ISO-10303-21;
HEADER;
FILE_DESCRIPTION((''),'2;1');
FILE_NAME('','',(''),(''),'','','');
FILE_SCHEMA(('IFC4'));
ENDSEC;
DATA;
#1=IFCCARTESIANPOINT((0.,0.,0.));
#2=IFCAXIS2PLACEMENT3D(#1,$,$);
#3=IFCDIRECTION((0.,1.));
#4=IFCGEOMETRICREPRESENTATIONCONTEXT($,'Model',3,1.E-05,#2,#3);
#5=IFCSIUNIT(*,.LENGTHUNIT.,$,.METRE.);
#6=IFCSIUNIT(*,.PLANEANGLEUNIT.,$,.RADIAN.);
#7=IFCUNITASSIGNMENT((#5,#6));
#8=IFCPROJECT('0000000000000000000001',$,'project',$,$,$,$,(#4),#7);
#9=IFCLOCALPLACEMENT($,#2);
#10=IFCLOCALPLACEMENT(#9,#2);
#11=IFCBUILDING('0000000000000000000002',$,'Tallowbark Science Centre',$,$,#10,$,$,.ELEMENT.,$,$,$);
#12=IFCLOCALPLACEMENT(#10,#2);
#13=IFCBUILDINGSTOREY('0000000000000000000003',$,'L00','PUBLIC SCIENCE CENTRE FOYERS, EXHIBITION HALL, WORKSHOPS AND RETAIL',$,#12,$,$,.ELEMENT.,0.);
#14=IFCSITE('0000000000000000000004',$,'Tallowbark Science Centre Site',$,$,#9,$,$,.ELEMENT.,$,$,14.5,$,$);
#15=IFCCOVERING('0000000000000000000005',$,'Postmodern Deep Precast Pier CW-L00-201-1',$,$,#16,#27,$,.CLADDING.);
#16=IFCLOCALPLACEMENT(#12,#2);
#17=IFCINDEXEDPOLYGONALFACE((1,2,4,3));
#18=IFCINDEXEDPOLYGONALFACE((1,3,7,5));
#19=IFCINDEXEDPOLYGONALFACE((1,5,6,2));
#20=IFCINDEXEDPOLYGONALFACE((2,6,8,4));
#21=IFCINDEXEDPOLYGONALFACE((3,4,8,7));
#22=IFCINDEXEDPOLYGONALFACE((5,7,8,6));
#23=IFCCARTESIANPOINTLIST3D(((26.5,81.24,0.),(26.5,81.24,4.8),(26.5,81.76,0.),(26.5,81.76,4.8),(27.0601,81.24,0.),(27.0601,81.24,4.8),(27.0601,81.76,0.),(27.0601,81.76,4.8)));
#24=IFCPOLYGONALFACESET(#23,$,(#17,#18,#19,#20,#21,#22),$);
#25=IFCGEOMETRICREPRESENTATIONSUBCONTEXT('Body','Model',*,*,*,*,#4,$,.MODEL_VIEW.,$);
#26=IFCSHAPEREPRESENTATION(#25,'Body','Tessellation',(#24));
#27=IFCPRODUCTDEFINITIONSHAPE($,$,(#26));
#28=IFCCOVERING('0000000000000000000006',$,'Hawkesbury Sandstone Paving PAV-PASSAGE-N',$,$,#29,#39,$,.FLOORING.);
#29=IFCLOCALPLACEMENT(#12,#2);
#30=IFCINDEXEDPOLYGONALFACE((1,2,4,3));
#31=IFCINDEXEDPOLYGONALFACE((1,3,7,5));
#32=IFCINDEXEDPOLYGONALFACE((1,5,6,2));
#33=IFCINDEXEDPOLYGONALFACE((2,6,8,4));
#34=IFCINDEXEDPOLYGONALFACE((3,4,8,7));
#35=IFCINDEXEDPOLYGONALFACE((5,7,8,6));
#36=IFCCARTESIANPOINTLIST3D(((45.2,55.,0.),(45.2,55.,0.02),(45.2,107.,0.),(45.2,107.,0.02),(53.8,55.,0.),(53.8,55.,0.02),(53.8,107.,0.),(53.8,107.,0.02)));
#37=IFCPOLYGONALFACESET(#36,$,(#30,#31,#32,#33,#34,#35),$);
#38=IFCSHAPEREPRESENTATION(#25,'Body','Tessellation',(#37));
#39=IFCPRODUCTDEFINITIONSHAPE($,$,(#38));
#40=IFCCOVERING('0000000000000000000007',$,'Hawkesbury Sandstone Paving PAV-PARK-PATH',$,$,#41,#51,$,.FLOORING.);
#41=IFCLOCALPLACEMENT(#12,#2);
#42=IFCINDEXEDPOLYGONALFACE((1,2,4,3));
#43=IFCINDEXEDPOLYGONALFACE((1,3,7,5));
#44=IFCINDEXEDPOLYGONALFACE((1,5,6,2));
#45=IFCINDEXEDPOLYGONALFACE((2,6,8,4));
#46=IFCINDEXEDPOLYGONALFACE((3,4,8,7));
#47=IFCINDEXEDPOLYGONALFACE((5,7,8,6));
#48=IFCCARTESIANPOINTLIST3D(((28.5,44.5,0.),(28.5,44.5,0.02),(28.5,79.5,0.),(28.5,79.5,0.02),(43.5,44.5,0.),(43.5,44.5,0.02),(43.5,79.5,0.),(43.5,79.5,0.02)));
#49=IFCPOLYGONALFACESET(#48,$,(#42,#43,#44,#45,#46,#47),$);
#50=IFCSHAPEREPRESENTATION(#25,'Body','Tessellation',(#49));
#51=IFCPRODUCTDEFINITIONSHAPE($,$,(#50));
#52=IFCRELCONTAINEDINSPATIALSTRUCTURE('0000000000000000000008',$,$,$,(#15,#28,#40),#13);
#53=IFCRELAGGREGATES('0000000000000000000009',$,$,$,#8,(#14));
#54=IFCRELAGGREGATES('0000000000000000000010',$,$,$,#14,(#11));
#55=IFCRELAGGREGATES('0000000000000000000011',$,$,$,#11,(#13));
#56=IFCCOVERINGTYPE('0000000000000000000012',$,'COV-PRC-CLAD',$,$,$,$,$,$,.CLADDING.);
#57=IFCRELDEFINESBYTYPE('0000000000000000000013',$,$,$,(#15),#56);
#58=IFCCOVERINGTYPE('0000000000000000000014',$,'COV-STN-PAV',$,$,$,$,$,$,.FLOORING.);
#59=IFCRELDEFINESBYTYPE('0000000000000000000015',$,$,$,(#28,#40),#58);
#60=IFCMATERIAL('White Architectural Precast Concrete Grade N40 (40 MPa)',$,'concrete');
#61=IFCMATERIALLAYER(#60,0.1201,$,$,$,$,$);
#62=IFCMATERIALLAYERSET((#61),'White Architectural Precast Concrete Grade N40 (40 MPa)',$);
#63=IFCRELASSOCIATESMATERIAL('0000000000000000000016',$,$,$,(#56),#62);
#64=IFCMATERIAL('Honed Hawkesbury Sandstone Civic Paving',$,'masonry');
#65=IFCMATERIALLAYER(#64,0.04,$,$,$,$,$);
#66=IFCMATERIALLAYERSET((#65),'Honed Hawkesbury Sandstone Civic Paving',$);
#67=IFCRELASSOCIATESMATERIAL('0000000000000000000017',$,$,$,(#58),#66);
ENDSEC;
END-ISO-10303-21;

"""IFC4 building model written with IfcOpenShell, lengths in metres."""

from ifc_helpers import new_model, si_unit, direction, frame, origin, origin_2d, place, context, subcontext, project, spatial, rectangle, extrude, material, layer, layer_set, type_object, element, save


model = new_model("IFC4")

# Units and contexts
model_context = context("Model", 3, precision=1e-05, world=origin(), true_north=direction((0.0, 1.0)))
body_context = subcontext(model_context, "Body", "Model", "MODEL_VIEW")
ifc_project = project(units=[si_unit("LENGTHUNIT", "METRE"), si_unit("PLANEANGLEUNIT", "RADIAN")], contexts=[model_context])

# Site, building, storey
site_placement = place(None, origin())
site = spatial("IfcSite", under=ifc_project, at=site_placement, Name="Tallowbark Science Centre Site", CompositionType="ELEMENT", RefElevation=14.5)
building_placement = place(site_placement, origin())
building = spatial("IfcBuilding", under=site, at=building_placement, Name="Tallowbark Science Centre", CompositionType="ELEMENT")
storey_placement = place(building_placement, origin())
storey = spatial("IfcBuildingStorey", under=building, at=storey_placement, Name="L00", Description="PUBLIC SCIENCE CENTRE FOYERS, EXHIBITION HALL, WORKSHOPS AND RETAIL", CompositionType="ELEMENT", Elevation=0.0)

# Coverings
ifc_material_1 = material(Name="White Architectural Precast Concrete Grade N40 (40 MPa)", Category="concrete")
ifc_layer_1 = layer(ifc_material_1, 0.1201)
ifc_layer_set_1 = layer_set([ifc_layer_1], Name="White Architectural Precast Concrete Grade N40 (40 MPa)")
covering_type_1 = type_object("IfcCoveringType", Name="COV-PRC-CLAD", PredefinedType="CLADDING", material=ifc_layer_set_1)
covering_1_placement = place(storey_placement, frame((26.78, 81.5, 0.0), z_axis=(0.0, 0.0, 1.0), x_axis=(0.0, 1.0, 0.0)))
element("IfcCovering", 1, at=covering_1_placement, inside=storey, type_object=covering_type_1, Name="Postmodern Deep Precast Pier CW-L00-201-1", PredefinedType="CLADDING", context=body_context, shape_type="SweptSolid", body=[
    extrude(rectangle(XDim=0.52, YDim=0.5601, at=origin_2d()), origin(), (0.0, 0.0, 1.0), 4.8),
])
ifc_material_2 = material(Name="Honed Hawkesbury Sandstone Civic Paving", Category="masonry")
ifc_layer_2 = layer(ifc_material_2, 0.04)
ifc_layer_set_2 = layer_set([ifc_layer_2], Name="Honed Hawkesbury Sandstone Civic Paving")
covering_type_2 = type_object("IfcCoveringType", Name="COV-STN-PAV", PredefinedType="FLOORING", material=ifc_layer_set_2)
covering_2_placement = place(storey_placement, frame((49.5, 81.0, 0.0), z_axis=(0.0, 0.0, 1.0), x_axis=(1.0, 0.0, 0.0)))
element("IfcCovering", 2, at=covering_2_placement, inside=storey, type_object=covering_type_2, Name="Hawkesbury Sandstone Paving PAV-PASSAGE-N", PredefinedType="FLOORING", context=body_context, shape_type="SweptSolid", body=[
    extrude(rectangle(XDim=8.6001, YDim=52.0, at=origin_2d()), origin(), (0.0, 0.0, 1.0), 0.02),
])
covering_3_placement = place(storey_placement, frame((36.0, 62.0, 0.0), z_axis=(0.0, 0.0, 1.0), x_axis=(1.0, 0.0, 0.0)))
element("IfcCovering", 3, at=covering_3_placement, inside=storey, type_object=covering_type_2, Name="Hawkesbury Sandstone Paving PAV-PARK-PATH", PredefinedType="FLOORING", context=body_context, shape_type="SweptSolid", body=[
    extrude(rectangle(XDim=15.0, YDim=35.0, at=origin_2d()), origin(), (0.0, 0.0, 1.0), 0.02),
])

save(model, "model.ifc")
